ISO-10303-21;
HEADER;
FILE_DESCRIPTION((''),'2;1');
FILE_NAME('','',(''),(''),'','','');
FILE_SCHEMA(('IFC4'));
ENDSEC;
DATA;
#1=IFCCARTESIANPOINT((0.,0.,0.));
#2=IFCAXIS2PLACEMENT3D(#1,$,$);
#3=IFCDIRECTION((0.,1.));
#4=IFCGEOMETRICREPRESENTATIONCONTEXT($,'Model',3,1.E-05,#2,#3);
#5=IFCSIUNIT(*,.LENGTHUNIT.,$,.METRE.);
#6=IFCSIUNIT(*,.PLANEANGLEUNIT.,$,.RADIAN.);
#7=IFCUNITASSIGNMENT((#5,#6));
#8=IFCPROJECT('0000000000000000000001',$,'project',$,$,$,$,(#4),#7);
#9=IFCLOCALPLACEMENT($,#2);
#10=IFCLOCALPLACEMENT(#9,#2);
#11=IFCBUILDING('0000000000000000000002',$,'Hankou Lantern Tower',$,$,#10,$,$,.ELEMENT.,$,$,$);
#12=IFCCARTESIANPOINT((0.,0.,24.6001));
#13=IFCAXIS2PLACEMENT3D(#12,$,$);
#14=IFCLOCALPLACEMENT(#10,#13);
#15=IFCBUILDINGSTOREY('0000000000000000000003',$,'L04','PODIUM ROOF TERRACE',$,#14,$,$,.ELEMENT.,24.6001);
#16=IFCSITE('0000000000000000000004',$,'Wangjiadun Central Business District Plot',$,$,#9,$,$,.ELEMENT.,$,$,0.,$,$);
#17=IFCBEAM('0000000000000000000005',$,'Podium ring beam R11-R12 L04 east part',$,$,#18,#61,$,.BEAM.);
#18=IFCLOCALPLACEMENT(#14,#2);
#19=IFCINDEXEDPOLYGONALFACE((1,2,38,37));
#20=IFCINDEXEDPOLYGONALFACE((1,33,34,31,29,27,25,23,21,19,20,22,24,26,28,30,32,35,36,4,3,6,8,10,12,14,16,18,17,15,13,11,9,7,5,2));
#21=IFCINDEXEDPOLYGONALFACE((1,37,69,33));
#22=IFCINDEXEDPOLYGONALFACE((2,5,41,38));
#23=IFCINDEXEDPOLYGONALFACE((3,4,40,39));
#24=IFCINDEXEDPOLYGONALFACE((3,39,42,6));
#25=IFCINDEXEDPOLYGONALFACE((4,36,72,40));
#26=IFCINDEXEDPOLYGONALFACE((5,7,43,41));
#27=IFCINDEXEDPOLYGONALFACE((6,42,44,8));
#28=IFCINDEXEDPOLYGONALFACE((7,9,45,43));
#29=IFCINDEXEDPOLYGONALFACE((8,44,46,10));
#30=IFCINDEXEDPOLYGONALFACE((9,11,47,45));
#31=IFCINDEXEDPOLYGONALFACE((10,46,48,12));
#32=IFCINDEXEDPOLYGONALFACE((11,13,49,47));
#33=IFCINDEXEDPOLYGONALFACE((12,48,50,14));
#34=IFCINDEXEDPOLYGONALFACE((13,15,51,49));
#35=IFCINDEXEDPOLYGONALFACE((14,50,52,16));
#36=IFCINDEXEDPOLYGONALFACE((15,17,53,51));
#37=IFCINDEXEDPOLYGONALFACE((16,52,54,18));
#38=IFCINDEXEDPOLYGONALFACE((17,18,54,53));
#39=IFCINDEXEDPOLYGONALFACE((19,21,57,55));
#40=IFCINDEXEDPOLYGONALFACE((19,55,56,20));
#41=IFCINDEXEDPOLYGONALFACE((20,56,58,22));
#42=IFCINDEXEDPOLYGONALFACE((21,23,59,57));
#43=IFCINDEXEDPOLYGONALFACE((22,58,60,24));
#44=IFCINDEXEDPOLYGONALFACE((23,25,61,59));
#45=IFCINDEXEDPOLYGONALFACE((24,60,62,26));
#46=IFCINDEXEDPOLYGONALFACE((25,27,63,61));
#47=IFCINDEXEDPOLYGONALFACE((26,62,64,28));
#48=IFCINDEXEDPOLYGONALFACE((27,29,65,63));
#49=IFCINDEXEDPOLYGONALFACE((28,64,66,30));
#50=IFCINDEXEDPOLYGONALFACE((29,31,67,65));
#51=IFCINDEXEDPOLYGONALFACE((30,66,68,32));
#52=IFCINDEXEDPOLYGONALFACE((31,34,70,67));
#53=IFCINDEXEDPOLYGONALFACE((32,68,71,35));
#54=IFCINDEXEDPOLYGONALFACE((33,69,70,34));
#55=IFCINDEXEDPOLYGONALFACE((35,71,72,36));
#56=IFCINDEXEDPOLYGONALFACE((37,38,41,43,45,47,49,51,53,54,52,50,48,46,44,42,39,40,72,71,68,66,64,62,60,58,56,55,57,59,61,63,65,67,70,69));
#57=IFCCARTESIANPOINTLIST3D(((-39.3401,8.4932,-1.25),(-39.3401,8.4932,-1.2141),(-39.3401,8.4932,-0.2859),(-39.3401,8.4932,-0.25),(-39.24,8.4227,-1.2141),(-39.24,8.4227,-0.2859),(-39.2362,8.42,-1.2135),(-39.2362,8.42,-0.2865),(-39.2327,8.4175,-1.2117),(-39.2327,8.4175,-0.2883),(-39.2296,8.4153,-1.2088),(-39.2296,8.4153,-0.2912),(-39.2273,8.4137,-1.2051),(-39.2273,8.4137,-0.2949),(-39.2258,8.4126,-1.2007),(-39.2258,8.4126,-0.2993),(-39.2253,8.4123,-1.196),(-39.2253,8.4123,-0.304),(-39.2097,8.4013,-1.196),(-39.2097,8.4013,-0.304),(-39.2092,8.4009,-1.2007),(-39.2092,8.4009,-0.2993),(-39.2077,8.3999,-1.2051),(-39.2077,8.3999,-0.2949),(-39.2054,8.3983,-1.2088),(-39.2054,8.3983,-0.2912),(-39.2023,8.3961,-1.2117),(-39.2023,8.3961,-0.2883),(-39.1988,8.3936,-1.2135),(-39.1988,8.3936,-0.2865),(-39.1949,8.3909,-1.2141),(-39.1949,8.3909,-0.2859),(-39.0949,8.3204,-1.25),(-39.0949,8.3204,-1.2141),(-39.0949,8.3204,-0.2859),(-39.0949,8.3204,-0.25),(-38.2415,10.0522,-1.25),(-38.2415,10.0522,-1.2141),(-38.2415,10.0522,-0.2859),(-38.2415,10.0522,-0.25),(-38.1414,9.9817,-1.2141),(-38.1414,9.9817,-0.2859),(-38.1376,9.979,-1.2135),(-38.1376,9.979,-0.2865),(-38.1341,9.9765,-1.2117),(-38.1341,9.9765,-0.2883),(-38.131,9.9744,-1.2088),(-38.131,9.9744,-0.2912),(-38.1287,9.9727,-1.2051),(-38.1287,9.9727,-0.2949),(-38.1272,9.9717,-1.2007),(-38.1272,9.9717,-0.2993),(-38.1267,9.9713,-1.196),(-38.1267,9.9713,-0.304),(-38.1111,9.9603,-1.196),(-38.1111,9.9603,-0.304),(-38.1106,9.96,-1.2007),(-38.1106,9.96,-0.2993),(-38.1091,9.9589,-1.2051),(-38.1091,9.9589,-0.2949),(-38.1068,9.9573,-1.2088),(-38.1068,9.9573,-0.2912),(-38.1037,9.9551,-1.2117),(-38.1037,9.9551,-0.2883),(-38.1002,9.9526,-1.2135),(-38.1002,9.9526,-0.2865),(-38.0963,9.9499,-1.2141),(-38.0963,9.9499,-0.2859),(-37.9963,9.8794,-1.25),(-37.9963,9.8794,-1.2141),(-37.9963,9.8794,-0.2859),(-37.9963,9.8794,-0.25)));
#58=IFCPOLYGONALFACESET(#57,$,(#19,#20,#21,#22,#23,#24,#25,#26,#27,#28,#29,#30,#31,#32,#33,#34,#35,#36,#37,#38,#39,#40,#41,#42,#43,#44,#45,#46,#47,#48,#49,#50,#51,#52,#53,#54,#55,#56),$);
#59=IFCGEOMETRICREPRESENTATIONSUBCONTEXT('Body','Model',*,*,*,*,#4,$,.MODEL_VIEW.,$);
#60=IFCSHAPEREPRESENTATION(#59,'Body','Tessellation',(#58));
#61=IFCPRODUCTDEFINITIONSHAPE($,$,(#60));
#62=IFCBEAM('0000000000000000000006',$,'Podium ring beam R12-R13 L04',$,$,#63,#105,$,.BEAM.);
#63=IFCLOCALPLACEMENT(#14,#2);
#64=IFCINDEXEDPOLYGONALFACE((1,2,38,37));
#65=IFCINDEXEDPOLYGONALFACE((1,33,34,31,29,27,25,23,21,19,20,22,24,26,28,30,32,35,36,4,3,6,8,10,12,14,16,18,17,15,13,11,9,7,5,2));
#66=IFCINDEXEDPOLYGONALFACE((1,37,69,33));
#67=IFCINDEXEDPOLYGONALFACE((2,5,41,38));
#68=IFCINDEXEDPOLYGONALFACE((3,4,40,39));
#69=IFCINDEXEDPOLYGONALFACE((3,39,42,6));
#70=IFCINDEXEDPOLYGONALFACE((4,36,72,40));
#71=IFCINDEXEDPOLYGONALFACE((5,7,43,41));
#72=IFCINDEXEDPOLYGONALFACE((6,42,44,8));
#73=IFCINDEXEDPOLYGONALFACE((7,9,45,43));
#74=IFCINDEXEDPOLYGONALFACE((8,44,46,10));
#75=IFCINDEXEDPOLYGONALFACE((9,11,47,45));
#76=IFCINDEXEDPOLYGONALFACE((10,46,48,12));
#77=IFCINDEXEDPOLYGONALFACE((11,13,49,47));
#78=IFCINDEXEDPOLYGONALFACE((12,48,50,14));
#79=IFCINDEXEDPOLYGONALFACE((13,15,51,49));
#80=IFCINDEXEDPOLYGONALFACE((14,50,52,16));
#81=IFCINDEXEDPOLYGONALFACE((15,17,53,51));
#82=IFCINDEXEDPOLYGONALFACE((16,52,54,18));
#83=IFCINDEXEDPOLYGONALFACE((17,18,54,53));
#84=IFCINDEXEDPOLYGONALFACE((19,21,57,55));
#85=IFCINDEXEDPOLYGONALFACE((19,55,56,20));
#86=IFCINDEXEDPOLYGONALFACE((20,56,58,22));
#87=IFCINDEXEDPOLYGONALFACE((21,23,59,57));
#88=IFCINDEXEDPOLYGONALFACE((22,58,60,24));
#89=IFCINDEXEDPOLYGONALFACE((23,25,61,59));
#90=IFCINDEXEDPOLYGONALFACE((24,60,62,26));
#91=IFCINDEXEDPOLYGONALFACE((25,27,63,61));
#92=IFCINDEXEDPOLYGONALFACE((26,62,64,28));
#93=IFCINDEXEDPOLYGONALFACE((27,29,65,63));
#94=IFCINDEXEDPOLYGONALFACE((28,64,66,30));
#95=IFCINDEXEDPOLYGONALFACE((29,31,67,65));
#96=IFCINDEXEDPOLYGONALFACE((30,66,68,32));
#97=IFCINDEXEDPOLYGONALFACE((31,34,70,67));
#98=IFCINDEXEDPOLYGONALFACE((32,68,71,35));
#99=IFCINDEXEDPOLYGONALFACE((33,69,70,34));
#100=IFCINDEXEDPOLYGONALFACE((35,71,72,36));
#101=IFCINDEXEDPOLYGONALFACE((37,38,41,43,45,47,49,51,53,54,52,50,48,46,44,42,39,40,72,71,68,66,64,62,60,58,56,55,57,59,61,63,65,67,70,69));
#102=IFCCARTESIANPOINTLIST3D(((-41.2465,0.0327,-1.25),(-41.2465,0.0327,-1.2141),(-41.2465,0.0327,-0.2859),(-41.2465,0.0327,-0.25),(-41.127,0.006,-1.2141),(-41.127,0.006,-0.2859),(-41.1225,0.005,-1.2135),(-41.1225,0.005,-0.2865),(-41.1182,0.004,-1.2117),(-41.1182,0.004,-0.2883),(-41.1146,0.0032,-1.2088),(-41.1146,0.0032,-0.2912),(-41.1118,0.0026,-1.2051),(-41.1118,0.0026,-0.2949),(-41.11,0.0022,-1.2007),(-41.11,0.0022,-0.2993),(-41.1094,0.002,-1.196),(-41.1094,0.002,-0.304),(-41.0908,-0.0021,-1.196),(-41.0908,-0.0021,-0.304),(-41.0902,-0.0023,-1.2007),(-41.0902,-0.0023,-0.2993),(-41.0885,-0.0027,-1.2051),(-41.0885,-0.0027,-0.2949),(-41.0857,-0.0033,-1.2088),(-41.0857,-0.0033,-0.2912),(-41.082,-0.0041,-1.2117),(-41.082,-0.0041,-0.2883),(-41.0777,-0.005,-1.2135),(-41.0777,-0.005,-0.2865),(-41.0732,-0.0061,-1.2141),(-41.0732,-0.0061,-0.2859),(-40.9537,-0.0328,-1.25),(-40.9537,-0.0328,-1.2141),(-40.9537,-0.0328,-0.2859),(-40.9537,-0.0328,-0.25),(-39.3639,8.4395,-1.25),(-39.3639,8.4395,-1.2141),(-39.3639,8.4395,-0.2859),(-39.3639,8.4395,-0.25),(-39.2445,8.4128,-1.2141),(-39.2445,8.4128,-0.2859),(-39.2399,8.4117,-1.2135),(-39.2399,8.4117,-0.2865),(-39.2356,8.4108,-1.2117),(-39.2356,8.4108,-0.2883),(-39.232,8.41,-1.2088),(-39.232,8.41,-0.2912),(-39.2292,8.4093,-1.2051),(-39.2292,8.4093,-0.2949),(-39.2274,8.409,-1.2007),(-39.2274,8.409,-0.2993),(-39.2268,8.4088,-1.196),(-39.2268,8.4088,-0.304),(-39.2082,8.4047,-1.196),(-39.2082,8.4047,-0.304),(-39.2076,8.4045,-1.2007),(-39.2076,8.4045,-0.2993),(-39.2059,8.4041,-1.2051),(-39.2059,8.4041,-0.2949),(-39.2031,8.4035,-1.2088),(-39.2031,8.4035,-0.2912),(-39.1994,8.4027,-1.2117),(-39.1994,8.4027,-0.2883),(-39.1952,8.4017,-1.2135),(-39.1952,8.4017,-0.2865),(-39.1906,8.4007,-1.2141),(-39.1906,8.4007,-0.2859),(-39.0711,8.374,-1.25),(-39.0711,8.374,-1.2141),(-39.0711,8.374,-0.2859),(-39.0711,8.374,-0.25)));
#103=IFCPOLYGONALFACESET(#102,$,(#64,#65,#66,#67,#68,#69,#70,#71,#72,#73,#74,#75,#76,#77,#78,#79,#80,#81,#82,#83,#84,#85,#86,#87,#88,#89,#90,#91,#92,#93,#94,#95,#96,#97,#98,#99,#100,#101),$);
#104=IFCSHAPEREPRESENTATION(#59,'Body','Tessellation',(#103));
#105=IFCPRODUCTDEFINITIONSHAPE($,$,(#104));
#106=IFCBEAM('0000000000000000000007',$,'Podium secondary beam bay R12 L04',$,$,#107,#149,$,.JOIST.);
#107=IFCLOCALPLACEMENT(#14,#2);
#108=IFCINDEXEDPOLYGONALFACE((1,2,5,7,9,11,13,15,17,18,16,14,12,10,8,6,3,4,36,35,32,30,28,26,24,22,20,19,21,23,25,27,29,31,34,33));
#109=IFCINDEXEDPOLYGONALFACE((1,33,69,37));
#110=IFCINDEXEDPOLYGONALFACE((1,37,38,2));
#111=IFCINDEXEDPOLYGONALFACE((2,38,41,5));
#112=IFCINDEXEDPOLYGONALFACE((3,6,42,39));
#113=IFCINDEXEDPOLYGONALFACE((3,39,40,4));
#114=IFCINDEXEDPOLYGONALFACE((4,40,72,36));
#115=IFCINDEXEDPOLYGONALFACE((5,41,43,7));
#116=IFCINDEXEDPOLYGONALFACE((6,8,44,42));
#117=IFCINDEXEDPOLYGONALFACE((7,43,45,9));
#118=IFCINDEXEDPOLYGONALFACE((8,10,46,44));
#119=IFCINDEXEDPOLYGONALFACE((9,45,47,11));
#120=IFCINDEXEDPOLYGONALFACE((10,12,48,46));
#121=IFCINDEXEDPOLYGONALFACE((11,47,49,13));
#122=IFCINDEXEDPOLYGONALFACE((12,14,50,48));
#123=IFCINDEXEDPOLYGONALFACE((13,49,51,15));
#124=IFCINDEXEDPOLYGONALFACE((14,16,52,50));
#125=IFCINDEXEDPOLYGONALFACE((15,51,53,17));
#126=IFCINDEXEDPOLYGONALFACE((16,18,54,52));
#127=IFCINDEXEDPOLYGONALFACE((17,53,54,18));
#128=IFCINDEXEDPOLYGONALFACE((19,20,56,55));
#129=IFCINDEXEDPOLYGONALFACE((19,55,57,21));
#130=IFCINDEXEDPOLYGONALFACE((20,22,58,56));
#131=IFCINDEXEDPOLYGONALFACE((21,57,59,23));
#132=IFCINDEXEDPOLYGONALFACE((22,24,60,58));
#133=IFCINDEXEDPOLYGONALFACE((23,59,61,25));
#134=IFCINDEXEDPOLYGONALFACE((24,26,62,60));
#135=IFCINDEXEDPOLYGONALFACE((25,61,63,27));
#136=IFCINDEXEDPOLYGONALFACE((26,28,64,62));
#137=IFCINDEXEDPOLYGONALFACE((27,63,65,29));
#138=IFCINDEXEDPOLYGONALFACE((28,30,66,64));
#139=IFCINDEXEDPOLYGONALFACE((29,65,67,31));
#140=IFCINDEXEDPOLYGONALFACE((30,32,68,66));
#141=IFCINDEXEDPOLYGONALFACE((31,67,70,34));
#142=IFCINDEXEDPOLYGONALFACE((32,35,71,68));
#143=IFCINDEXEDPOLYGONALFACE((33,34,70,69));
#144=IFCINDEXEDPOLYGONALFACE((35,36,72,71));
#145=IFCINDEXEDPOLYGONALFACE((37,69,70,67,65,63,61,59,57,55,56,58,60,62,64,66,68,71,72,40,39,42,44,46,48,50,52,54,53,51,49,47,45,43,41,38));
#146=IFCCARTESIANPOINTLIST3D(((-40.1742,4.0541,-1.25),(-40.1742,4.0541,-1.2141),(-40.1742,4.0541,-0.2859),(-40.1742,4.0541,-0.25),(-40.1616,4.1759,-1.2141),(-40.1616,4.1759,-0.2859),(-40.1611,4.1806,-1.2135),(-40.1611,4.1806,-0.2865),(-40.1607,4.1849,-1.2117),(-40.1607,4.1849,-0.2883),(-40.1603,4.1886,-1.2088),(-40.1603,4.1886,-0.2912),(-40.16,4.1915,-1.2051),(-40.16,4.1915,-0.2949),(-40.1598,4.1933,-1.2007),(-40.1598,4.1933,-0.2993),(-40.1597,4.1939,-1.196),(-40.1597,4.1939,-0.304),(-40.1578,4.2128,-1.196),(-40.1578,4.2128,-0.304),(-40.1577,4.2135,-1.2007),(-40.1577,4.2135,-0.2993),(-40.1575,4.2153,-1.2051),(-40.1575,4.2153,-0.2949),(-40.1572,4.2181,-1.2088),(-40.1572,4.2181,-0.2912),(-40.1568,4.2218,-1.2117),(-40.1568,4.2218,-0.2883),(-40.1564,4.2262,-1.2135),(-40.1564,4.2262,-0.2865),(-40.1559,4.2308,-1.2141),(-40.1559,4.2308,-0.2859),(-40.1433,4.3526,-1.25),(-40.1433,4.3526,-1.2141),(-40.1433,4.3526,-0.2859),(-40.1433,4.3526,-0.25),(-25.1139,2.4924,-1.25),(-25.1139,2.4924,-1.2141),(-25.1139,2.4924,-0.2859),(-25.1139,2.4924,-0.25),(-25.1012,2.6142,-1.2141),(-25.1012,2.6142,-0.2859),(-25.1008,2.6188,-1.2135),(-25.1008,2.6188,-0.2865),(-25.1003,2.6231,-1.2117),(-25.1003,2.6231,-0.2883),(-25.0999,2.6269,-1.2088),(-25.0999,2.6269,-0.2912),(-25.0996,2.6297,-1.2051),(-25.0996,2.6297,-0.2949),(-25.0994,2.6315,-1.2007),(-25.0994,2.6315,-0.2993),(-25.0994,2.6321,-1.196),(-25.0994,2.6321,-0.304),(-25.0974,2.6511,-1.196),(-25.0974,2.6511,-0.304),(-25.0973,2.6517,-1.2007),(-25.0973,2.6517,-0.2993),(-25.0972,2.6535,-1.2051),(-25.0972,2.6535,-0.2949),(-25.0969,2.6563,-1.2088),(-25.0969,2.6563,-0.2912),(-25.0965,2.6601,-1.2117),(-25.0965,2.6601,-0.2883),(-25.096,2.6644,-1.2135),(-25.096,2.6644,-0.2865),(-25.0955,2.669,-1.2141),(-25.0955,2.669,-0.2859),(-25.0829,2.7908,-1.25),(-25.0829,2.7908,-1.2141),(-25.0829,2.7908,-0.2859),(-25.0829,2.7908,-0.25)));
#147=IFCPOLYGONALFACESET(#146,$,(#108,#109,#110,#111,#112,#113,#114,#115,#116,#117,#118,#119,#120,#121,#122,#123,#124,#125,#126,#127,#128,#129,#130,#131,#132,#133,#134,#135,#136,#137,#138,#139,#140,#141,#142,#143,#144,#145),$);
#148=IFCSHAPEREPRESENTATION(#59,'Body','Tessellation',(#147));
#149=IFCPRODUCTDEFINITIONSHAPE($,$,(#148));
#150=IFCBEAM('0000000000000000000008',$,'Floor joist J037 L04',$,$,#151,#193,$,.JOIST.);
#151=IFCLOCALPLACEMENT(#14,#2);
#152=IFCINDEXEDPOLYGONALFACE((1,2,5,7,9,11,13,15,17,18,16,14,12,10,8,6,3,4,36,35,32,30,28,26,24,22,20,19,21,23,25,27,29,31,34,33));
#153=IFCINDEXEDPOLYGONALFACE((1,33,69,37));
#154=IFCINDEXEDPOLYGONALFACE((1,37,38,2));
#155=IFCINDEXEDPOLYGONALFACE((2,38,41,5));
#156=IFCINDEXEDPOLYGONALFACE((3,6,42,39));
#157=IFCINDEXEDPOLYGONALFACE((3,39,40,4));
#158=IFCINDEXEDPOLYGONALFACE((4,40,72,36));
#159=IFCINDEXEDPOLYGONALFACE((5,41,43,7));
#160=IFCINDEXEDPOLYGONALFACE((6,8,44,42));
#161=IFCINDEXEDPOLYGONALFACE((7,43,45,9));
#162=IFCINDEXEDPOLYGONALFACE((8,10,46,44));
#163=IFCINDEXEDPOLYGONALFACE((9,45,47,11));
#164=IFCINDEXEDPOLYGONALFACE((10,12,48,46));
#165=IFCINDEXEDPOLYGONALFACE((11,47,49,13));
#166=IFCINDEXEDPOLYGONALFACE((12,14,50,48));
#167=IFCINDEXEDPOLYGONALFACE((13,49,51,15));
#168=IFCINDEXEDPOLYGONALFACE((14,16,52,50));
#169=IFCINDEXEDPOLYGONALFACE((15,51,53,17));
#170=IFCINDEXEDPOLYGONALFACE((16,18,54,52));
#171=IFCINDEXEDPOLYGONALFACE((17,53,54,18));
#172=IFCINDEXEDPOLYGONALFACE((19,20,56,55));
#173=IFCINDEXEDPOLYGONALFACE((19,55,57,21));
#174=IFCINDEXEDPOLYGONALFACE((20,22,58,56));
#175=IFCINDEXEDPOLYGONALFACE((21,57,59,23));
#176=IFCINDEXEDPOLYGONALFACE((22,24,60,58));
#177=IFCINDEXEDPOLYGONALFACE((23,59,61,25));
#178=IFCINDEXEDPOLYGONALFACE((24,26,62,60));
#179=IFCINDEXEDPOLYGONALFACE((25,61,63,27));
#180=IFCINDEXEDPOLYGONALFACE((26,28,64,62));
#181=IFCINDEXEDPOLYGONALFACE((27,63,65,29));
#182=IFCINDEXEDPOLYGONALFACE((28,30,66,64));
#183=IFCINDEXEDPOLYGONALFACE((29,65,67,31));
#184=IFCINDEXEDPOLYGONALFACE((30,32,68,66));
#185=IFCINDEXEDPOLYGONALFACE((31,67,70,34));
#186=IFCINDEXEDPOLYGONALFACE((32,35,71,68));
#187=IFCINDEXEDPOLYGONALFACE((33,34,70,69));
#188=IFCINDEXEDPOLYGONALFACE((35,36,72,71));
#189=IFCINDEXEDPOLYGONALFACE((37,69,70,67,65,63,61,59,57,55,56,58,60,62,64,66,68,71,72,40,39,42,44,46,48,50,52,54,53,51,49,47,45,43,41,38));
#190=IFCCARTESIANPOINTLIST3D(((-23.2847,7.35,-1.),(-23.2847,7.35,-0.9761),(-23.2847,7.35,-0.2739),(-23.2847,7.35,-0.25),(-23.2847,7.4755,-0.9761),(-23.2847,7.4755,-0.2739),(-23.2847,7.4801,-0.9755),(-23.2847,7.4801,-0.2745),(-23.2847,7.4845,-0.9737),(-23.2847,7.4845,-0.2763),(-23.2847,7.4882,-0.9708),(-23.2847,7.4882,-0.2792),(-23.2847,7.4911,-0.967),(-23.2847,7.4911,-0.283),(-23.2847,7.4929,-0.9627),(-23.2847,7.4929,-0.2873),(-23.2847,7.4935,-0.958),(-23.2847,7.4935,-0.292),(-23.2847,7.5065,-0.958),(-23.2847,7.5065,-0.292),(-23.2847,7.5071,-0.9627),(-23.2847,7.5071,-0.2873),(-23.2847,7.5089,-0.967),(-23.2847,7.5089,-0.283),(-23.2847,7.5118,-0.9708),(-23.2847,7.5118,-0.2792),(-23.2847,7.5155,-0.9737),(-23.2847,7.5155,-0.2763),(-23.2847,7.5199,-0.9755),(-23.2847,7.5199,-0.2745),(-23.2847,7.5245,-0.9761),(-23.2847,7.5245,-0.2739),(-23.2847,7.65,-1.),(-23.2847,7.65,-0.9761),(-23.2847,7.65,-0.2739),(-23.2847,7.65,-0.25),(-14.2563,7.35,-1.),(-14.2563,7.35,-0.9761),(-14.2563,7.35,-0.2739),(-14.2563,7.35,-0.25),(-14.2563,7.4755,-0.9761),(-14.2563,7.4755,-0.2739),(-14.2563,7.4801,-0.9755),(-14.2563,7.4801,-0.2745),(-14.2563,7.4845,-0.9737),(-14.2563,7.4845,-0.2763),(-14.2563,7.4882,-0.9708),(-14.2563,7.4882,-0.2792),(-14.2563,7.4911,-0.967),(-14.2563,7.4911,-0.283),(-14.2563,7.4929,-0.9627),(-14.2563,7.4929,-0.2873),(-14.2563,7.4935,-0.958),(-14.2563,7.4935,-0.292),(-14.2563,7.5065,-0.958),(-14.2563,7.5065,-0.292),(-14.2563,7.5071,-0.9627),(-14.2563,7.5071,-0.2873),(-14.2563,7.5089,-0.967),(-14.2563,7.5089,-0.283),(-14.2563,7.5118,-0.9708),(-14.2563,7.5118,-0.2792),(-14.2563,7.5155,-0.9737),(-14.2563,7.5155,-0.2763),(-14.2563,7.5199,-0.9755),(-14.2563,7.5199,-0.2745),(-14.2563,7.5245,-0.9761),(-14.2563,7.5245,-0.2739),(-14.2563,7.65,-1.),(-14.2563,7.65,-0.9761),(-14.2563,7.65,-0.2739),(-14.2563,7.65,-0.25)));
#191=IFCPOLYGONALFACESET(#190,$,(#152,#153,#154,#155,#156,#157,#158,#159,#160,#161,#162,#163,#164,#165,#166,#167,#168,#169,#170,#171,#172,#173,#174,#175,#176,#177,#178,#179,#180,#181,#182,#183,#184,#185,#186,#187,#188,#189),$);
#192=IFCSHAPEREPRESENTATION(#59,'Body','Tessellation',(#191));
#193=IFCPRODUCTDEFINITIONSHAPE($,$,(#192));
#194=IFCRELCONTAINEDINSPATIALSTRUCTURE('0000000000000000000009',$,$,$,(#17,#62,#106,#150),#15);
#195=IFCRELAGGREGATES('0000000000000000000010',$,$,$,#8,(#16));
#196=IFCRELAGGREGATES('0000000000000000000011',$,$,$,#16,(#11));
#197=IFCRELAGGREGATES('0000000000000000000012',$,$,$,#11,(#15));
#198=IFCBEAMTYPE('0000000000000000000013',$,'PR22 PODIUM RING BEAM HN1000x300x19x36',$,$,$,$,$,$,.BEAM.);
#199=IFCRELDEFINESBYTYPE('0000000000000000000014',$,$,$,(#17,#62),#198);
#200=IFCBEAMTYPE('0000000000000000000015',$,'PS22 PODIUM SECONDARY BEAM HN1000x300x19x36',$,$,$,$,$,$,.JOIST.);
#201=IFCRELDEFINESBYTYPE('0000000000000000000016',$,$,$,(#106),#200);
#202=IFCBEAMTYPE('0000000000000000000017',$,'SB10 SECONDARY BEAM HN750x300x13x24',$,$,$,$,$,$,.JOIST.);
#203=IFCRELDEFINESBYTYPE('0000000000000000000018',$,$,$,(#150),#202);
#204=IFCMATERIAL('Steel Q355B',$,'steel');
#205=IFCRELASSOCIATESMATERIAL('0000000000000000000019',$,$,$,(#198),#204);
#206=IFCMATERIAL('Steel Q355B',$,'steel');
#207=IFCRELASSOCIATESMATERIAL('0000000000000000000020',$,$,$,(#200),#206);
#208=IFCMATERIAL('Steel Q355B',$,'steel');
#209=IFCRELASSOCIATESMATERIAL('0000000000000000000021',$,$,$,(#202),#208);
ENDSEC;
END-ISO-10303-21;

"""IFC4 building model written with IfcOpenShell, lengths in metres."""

from ifc_helpers import new_model, si_unit, direction, frame, origin, origin_2d, place, context, subcontext, project, spatial, i_section, extrude, material, material_profile, profile_set, type_object, element, save


model = new_model("IFC4")

# Units and contexts
model_context = context("Model", 3, precision=1e-05, world=origin(), true_north=direction((0.0, 1.0)))
body_context = subcontext(model_context, "Body", "Model", "MODEL_VIEW")
ifc_project = project(units=[si_unit("LENGTHUNIT", "METRE"), si_unit("PLANEANGLEUNIT", "RADIAN")], contexts=[model_context])

# Site, building, storey
site_placement = place(None, origin())
site = spatial("IfcSite", under=ifc_project, at=site_placement, Name="Wangjiadun Central Business District Plot", CompositionType="ELEMENT", RefElevation=0.0)
building_placement = place(site_placement, origin())
building = spatial("IfcBuilding", under=site, at=building_placement, Name="Hankou Lantern Tower", CompositionType="ELEMENT")
storey_placement = place(building_placement, frame((0.0, 0.0, 24.6001)))
storey = spatial("IfcBuildingStorey", under=building, at=storey_placement, Name="L04", Description="PODIUM ROOF TERRACE", CompositionType="ELEMENT", Elevation=24.6001)

# Beams
ifc_material_1 = material(Name="Steel Q355B", Category="steel")
ifc_material_profile_1 = material_profile(ifc_material_1, i_section(OverallWidth=0.3, OverallDepth=1.0, WebThickness=0.019, FlangeThickness=0.0359, FilletRadius=0.0181, at=origin_2d()), Name="HN1000x300x19x36")
ifc_profile_set_1 = profile_set([ifc_material_profile_1], Name="Steel Q355B")
beam_type_1 = type_object("IfcBeamType", Name="PR22 PODIUM RING BEAM HN1000x300x19x36", PredefinedType="BEAM", material=ifc_profile_set_1)
beam_1_placement = place(storey_placement, frame((-38.1189, 9.9658, -0.75), z_axis=(-0.57602, -0.817436, 0.0), x_axis=(0.817436, -0.57602, 0.0)))
element("IfcBeam", 1, at=beam_1_placement, inside=storey, type_object=beam_type_1, Name="Podium ring beam R11-R12 L04 east part", PredefinedType="BEAM", context=body_context, shape_type="SweptSolid", body=[
    extrude(i_section(OverallWidth=0.3, OverallDepth=1.0, WebThickness=0.019, FlangeThickness=0.0359, FilletRadius=0.0181, at=origin_2d()), origin(), (0.0, 0.0, 1.0), 1.9072),
])
beam_2_placement = place(storey_placement, frame((-39.2175, 8.4067, -0.75), z_axis=(-0.218523, -0.975832, 0.0), x_axis=(0.975832, -0.218523, 0.0)))
element("IfcBeam", 2, at=beam_2_placement, inside=storey, type_object=beam_type_1, Name="Podium ring beam R12-R13 L04", PredefinedType="BEAM", context=body_context, shape_type="SweptSolid", body=[
    extrude(i_section(OverallWidth=0.3, OverallDepth=1.0, WebThickness=0.019, FlangeThickness=0.0359, FilletRadius=0.0181, at=origin_2d()), origin(), (0.0, 0.0, 1.0), 8.615),
])
ifc_material_2 = material(Name="Steel Q355B", Category="steel")
ifc_material_profile_2 = material_profile(ifc_material_2, i_section(OverallWidth=0.3, OverallDepth=1.0, WebThickness=0.019, FlangeThickness=0.0359, FilletRadius=0.0181, at=origin_2d()), Name="HN1000x300x19x36")
ifc_profile_set_2 = profile_set([ifc_material_profile_2], Name="Steel Q355B")
beam_type_2 = type_object("IfcBeamType", Name="PS22 PODIUM SECONDARY BEAM HN1000x300x19x36", PredefinedType="JOIST", material=ifc_profile_set_2)
beam_3_placement = place(storey_placement, frame((-25.0984, 2.6416, -0.75), z_axis=(-0.994666, 0.103148, 0.0), x_axis=(-0.103148, -0.994666, 0.0)))
element("IfcBeam", 3, at=beam_3_placement, inside=storey, type_object=beam_type_2, Name="Podium secondary beam bay R12 L04", PredefinedType="JOIST", context=body_context, shape_type="SweptSolid", body=[
    extrude(i_section(OverallWidth=0.3, OverallDepth=1.0, WebThickness=0.019, FlangeThickness=0.0359, FilletRadius=0.0181, at=origin_2d()), origin(), (0.0, 0.0, 1.0), 15.1411),
])
ifc_material_3 = material(Name="Steel Q355B", Category="steel")
ifc_material_profile_3 = material_profile(ifc_material_3, i_section(OverallWidth=0.3, OverallDepth=0.75, WebThickness=0.0129, FlangeThickness=0.0239, FilletRadius=0.0181, at=origin_2d()), Name="HN750x300x13x24")
ifc_profile_set_3 = profile_set([ifc_material_profile_3], Name="Steel Q355B")
beam_type_3 = type_object("IfcBeamType", Name="SB10 SECONDARY BEAM HN750x300x13x24", PredefinedType="JOIST", material=ifc_profile_set_3)
beam_4_placement = place(storey_placement, frame((-23.2847, 7.5, -0.625), z_axis=(1.0, 0.0, 0.0), x_axis=(0.0, 1.0, 0.0)))
element("IfcBeam", 4, at=beam_4_placement, inside=storey, type_object=beam_type_3, Name="Floor joist J037 L04", PredefinedType="JOIST", context=body_context, shape_type="SweptSolid", body=[
    extrude(i_section(OverallWidth=0.3, OverallDepth=0.75, WebThickness=0.0129, FlangeThickness=0.0239, FilletRadius=0.0181, at=origin_2d()), origin(), (0.0, 0.0, 1.0), 9.0283),
])

save(model, "model.ifc")
